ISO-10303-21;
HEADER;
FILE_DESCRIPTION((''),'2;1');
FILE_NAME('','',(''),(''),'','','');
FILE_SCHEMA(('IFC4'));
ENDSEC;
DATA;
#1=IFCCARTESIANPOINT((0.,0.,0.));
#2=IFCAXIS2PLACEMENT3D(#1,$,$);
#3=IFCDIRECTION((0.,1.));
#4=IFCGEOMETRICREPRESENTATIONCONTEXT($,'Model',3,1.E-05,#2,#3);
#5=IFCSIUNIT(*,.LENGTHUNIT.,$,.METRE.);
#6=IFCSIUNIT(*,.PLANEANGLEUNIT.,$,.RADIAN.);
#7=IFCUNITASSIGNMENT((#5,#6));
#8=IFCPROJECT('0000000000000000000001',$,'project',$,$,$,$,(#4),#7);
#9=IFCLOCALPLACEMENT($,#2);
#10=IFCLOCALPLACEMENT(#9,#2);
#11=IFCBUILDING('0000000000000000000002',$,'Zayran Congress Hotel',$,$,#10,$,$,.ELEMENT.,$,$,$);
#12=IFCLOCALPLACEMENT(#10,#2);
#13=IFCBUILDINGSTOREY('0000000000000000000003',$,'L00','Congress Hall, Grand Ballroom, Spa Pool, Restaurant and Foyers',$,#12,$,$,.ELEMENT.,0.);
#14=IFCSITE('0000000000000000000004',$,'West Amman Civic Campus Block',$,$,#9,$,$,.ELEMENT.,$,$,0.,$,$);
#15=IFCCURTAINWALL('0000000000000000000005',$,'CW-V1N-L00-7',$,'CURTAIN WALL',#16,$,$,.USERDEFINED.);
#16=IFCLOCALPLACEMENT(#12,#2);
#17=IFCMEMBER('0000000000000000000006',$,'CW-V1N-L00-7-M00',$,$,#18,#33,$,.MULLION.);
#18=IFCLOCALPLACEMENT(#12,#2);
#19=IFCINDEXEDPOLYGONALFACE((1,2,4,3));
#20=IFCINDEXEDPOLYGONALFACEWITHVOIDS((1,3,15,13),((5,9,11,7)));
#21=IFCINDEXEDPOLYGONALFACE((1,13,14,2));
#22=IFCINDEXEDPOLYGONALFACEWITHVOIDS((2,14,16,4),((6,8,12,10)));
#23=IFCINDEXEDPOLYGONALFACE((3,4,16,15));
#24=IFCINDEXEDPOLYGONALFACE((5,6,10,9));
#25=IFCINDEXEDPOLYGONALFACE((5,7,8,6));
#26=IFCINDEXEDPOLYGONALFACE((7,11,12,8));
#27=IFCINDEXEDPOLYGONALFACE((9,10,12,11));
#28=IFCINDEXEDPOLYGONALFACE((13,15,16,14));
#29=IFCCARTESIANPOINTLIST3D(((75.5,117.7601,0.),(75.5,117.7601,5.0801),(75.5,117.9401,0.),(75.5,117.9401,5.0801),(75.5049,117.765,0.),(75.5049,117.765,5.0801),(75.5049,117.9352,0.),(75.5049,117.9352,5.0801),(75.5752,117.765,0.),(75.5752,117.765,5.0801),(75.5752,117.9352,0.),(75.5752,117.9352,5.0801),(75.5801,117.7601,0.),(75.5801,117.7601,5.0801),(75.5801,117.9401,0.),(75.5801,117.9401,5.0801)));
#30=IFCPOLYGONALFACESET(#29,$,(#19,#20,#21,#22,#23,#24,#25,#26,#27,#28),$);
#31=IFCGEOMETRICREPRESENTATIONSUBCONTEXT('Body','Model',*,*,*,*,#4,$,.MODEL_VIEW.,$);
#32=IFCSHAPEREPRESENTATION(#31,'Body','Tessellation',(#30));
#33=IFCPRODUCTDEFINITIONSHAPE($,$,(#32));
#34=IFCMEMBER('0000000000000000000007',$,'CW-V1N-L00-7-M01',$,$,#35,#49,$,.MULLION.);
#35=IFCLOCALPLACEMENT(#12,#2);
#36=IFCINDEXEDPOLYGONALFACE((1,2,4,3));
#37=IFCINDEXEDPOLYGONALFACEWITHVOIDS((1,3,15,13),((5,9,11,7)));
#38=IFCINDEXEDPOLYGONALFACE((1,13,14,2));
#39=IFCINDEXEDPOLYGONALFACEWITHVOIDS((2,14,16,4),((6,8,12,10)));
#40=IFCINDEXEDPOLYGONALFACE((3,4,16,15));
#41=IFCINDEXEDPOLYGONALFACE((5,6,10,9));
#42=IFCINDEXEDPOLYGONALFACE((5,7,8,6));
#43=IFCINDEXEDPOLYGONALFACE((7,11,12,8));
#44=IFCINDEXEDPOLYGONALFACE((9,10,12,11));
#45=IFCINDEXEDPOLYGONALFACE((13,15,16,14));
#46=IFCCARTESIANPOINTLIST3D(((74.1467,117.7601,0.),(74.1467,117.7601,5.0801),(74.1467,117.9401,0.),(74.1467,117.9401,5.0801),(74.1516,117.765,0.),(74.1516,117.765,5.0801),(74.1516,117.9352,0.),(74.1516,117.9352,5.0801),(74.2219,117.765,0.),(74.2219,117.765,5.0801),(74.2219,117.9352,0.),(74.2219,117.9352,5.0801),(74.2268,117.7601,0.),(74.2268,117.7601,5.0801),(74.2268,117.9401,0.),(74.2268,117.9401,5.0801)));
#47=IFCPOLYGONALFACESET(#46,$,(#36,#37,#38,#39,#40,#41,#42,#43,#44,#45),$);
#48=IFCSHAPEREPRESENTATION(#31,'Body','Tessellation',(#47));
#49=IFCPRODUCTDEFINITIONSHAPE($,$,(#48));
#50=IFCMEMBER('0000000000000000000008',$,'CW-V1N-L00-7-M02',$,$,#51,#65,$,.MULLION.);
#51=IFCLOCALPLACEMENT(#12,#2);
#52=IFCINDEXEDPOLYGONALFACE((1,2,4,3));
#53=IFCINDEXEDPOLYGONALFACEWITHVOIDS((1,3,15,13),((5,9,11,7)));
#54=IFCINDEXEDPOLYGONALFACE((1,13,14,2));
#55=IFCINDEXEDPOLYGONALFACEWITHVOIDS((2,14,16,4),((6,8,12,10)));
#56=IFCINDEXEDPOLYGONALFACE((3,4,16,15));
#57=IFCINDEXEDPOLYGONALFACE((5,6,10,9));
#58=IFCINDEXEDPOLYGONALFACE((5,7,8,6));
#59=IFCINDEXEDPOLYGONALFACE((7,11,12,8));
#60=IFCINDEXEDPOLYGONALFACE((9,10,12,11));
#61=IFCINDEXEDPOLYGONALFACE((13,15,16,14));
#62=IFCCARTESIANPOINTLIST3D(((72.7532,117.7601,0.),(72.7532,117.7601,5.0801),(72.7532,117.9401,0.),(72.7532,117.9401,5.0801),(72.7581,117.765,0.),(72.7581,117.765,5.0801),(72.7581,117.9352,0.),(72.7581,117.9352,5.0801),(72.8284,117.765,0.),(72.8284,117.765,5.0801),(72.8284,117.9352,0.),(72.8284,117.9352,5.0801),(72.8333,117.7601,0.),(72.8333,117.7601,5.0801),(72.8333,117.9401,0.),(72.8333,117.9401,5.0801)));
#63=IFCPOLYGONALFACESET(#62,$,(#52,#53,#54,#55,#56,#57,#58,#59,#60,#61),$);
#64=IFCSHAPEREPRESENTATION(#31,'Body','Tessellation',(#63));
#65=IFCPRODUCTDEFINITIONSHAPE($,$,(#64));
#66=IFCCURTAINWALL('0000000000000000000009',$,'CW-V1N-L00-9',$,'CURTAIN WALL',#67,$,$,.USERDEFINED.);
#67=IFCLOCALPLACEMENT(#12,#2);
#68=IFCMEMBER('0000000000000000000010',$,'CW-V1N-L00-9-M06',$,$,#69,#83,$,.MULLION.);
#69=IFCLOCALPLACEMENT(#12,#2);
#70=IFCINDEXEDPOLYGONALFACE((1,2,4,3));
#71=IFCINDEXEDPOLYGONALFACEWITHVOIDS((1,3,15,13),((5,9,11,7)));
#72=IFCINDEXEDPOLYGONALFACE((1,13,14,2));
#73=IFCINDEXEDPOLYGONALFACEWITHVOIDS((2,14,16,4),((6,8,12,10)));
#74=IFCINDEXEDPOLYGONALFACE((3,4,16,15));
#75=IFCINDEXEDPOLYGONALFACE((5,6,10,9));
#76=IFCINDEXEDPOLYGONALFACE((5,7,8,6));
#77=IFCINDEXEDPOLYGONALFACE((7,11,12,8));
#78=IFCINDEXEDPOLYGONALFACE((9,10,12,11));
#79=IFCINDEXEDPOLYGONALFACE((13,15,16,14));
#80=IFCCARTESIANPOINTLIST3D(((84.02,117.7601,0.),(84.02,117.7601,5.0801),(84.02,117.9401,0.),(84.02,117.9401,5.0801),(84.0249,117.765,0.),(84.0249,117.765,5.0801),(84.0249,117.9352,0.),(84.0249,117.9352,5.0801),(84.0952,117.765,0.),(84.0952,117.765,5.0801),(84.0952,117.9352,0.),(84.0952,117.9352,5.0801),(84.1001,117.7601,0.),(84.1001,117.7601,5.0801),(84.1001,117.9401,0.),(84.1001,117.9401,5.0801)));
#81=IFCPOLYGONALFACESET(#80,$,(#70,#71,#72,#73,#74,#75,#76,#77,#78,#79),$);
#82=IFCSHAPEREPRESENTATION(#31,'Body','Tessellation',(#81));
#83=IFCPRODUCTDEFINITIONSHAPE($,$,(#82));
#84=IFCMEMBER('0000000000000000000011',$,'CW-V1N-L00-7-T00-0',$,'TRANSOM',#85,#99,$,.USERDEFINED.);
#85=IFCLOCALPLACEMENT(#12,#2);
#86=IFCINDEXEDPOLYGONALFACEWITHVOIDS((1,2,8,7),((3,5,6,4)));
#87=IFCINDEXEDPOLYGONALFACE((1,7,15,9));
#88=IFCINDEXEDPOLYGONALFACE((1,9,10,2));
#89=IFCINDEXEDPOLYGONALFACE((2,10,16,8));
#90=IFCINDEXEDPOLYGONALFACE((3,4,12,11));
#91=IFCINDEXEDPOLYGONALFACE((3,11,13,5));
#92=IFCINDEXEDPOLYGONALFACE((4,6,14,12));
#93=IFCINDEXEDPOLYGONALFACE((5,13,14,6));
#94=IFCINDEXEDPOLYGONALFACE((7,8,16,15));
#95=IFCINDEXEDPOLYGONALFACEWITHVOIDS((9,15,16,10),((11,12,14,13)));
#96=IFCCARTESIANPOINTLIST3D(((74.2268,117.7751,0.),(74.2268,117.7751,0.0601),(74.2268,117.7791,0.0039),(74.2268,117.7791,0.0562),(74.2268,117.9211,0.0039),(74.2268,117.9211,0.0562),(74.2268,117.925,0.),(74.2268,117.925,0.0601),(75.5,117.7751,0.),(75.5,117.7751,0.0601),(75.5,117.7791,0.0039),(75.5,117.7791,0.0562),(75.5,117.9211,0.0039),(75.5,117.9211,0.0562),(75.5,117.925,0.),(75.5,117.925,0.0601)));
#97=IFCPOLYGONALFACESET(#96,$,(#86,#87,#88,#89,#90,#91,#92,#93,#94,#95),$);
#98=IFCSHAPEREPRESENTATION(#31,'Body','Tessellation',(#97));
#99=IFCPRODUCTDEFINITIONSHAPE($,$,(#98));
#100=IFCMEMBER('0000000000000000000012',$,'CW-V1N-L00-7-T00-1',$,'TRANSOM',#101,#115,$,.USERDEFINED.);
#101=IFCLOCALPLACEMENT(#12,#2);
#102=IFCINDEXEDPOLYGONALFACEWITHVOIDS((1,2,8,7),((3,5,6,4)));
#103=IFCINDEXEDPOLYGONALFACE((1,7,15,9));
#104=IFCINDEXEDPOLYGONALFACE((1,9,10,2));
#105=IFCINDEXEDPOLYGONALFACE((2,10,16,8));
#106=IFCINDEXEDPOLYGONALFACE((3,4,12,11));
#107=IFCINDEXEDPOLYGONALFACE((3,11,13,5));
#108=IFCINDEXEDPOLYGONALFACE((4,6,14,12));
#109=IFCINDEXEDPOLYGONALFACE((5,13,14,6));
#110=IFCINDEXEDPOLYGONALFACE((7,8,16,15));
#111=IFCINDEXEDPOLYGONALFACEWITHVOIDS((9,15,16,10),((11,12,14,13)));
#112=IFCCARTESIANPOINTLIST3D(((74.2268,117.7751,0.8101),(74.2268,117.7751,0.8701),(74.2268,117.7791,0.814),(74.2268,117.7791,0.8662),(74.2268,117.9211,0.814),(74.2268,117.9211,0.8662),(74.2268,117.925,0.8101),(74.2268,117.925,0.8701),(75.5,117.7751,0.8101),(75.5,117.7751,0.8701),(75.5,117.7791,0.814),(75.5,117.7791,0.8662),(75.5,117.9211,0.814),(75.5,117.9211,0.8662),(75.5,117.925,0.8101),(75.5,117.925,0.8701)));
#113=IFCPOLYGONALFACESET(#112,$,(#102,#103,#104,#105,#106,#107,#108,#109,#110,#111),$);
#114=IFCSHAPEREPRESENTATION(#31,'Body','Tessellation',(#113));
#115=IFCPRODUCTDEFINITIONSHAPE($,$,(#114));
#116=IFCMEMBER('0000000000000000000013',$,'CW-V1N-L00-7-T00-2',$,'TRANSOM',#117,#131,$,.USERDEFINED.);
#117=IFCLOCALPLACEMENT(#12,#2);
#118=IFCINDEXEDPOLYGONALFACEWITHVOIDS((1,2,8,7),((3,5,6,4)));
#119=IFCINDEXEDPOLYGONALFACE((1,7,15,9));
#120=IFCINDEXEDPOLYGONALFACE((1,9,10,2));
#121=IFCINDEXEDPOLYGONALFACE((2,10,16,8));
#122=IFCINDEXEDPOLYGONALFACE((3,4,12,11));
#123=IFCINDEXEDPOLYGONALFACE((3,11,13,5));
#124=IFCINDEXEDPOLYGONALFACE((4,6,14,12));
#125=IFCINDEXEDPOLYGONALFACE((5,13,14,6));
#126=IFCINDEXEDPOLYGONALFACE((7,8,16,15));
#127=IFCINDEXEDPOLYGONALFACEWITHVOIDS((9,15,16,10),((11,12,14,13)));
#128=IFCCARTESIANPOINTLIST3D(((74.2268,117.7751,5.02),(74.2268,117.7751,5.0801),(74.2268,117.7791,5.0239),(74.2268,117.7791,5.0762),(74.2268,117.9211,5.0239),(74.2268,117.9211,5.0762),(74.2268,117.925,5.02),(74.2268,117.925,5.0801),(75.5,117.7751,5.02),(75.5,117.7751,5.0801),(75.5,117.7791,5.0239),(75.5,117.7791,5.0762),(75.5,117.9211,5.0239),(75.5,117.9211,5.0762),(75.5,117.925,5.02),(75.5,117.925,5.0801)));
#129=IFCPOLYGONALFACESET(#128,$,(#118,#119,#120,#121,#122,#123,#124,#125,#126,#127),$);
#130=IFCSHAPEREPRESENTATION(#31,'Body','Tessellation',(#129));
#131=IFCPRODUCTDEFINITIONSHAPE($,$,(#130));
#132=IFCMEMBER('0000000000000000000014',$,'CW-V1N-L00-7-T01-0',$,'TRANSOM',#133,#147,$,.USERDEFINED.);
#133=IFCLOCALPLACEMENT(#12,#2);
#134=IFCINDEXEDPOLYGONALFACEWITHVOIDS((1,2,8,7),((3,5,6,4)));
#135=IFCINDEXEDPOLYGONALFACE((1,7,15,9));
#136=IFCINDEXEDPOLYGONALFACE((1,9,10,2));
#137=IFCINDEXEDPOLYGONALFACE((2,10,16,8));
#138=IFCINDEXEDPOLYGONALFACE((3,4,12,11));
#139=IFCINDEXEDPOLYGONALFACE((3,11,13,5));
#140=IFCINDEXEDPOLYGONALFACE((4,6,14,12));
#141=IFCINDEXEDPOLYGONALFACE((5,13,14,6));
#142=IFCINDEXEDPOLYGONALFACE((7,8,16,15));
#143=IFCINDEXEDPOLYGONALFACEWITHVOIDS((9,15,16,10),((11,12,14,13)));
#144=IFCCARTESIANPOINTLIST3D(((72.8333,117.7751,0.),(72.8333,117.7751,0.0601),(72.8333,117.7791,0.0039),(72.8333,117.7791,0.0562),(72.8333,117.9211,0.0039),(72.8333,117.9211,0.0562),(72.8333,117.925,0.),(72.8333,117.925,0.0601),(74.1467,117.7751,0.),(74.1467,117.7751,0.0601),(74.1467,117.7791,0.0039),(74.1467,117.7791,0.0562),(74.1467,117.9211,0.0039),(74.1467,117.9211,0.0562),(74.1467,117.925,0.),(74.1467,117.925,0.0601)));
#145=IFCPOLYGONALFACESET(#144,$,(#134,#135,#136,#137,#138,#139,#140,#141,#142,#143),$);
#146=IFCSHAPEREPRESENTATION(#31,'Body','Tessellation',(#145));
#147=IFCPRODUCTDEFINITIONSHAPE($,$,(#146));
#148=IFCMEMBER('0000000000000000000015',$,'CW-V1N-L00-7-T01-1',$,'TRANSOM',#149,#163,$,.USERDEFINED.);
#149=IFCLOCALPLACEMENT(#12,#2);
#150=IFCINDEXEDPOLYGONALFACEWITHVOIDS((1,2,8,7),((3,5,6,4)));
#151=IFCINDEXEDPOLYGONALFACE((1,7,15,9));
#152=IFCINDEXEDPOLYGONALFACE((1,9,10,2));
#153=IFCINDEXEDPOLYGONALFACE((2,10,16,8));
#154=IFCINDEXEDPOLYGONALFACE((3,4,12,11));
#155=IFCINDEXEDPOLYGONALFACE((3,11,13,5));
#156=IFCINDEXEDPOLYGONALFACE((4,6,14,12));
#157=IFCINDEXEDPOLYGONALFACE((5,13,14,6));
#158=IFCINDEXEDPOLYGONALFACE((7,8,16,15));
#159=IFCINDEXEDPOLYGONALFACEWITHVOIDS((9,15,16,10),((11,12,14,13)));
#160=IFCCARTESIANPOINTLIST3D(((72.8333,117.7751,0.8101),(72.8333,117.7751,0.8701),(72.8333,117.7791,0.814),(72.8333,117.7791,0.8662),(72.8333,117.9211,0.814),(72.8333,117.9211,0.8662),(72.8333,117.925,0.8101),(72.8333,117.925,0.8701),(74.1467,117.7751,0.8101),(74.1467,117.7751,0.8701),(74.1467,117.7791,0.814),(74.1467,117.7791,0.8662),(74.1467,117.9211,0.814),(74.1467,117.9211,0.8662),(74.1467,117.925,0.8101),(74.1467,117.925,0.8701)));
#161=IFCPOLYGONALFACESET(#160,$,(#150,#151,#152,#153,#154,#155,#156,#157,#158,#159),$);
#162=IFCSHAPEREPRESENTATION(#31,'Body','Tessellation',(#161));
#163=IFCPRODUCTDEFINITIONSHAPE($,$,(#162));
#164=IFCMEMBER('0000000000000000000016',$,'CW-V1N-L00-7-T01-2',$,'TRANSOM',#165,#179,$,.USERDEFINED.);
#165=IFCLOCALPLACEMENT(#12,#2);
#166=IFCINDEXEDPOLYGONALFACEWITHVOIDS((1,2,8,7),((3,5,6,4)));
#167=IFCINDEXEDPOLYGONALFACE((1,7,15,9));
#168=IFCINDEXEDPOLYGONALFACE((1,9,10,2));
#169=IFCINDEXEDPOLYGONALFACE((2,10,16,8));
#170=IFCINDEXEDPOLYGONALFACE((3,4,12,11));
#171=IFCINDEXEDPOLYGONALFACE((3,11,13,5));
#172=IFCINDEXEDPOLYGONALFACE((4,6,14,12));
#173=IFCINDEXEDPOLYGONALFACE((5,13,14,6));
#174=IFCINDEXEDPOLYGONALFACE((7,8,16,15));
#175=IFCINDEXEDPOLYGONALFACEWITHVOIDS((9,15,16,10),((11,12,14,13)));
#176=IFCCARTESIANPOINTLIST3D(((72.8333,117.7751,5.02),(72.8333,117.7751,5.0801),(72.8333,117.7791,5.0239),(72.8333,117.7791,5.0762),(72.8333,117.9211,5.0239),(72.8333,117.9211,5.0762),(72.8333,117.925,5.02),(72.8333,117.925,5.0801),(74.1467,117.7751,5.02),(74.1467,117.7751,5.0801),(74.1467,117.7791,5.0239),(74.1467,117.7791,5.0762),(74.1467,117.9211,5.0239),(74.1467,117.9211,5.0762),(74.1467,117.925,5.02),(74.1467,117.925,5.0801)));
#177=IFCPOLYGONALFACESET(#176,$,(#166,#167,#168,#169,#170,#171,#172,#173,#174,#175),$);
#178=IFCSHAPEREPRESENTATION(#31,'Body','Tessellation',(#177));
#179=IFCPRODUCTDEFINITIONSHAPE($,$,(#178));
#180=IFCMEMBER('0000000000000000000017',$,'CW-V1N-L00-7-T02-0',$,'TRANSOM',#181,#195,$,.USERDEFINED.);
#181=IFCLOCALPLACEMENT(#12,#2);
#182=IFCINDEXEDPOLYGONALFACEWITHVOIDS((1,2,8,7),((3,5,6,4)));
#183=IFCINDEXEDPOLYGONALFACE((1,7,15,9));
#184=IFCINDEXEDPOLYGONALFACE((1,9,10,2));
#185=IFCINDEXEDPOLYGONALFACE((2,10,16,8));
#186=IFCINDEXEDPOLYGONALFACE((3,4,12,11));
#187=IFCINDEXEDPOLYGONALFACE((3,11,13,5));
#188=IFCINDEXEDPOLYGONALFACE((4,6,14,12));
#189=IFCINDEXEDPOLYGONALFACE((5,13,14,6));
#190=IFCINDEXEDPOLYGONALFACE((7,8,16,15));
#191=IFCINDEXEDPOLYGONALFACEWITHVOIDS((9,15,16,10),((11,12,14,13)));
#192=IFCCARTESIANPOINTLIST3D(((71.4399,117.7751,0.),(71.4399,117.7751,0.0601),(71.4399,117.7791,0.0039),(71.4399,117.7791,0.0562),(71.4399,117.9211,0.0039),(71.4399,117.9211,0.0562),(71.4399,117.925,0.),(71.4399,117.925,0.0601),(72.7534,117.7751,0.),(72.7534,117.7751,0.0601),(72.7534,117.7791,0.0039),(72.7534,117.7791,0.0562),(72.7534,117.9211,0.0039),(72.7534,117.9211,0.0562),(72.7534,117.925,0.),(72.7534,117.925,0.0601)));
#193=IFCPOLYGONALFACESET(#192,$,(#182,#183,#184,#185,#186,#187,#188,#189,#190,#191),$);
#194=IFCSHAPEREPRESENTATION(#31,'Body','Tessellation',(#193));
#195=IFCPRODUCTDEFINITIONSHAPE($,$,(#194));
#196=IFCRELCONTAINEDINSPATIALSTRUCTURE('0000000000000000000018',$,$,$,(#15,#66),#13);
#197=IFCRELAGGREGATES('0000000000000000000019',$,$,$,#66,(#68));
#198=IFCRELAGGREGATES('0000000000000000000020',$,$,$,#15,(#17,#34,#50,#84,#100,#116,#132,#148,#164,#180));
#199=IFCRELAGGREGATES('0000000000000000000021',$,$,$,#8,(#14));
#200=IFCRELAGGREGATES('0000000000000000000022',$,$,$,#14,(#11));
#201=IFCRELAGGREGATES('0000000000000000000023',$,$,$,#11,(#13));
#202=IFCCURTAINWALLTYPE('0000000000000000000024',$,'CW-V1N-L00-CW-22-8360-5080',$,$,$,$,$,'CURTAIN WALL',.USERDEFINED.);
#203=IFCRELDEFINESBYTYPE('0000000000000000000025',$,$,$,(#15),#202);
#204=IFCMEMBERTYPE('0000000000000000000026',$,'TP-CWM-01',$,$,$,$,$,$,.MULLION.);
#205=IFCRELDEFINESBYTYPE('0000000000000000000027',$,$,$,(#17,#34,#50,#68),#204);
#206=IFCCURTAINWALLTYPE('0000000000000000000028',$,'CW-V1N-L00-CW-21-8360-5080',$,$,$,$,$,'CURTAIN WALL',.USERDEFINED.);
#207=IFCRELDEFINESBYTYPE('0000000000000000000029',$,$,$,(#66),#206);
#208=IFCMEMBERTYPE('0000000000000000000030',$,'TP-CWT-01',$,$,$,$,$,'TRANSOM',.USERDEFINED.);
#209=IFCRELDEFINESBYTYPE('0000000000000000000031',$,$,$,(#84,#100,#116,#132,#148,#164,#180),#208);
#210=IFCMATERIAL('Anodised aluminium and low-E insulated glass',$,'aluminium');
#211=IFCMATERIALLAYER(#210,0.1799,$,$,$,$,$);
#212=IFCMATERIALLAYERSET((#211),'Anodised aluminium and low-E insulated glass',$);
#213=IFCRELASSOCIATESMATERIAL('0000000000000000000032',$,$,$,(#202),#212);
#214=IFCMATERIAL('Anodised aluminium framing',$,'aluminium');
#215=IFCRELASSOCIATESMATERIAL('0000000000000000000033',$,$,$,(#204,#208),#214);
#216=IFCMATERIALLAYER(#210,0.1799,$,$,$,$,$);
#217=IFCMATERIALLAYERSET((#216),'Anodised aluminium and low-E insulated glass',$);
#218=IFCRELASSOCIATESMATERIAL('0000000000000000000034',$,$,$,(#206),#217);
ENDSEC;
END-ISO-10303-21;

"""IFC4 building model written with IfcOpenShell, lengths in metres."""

from ifc_helpers import new_model, si_unit, direction, frame, origin, origin_2d, place, context, subcontext, project, spatial, hollow_rectangle, extrude, material, layer, layer_set, material_profile, profile_set, type_object, element, aggregate, save


model = new_model("IFC4")

# Units and contexts
model_context = context("Model", 3, precision=1e-05, world=origin(), true_north=direction((0.0, 1.0)))
body_context = subcontext(model_context, "Body", "Model", "MODEL_VIEW")
ifc_project = project(units=[si_unit("LENGTHUNIT", "METRE"), si_unit("PLANEANGLEUNIT", "RADIAN")], contexts=[model_context])

# Site, building, storey
site_placement = place(None, origin())
site = spatial("IfcSite", under=ifc_project, at=site_placement, Name="West Amman Civic Campus Block", CompositionType="ELEMENT", RefElevation=0.0)
building_placement = place(site_placement, origin())
building = spatial("IfcBuilding", under=site, at=building_placement, Name="Zayran Congress Hotel", CompositionType="ELEMENT")
storey_placement = place(building_placement, origin())
storey = spatial("IfcBuildingStorey", under=building, at=storey_placement, Name="L00", Description="Congress Hall, Grand Ballroom, Spa Pool, Restaurant and Foyers", CompositionType="ELEMENT", Elevation=0.0)

# Curtain wall, members
ifc_material_1 = material(Name="Anodised aluminium and low-E insulated glass", Category="aluminium")
ifc_layer_1 = layer(ifc_material_1, 0.1799)
ifc_layer_set_1 = layer_set([ifc_layer_1], Name="Anodised aluminium and low-E insulated glass")
curtain_wall_type_1 = type_object("IfcCurtainWallType", Name="CW-V1N-L00-CW-22-8360-5080", ElementType="CURTAIN WALL", PredefinedType="USERDEFINED", material=ifc_layer_set_1)
curtain_wall_1_placement = place(storey_placement, origin())
curtain_wall_1 = element("IfcCurtainWall", 1, at=curtain_wall_1_placement, inside=storey, type_object=curtain_wall_type_1, Name="CW-V1N-L00-7", ObjectType="CURTAIN WALL", PredefinedType="USERDEFINED")
ifc_material_2 = material(Name="Anodised aluminium framing", Category="aluminium")
ifc_material_profile_1 = material_profile(ifc_material_2, hollow_rectangle(XDim=0.0801, YDim=0.1799, WallThickness=0.0049, at=origin_2d()), Name="RHS 180x80x5")
ifc_profile_set_1 = profile_set([ifc_material_profile_1], Name="Anodised aluminium framing")
member_type_1 = type_object("IfcMemberType", Name="TP-CWM-01", PredefinedType="MULLION", material=ifc_profile_set_1)
member_1_placement = place(storey_placement, frame((75.54, 117.8501, 0.0), z_axis=(0.0, 0.0, 1.0), x_axis=(1.0, 0.0, 0.0)))
member_1 = element("IfcMember", 2, at=member_1_placement, type_object=member_type_1, Name="CW-V1N-L00-7-M00", PredefinedType="MULLION", context=body_context, shape_type="SweptSolid", body=[
    extrude(hollow_rectangle(XDim=0.0801, YDim=0.1799, WallThickness=0.0049, at=origin_2d()), origin(), (0.0, 0.0, 1.0), 5.0801),
])
member_2_placement = place(storey_placement, frame((74.1868, 117.8501, 0.0), z_axis=(0.0, 0.0, 1.0), x_axis=(1.0, 0.0, 0.0)))
member_2 = element("IfcMember", 3, at=member_2_placement, type_object=member_type_1, Name="CW-V1N-L00-7-M01", PredefinedType="MULLION", context=body_context, shape_type="SweptSolid", body=[
    extrude(hollow_rectangle(XDim=0.0801, YDim=0.1799, WallThickness=0.0049, at=origin_2d()), origin(), (0.0, 0.0, 1.0), 5.0801),
])
member_3_placement = place(storey_placement, frame((72.7932, 117.8501, 0.0), z_axis=(0.0, 0.0, 1.0), x_axis=(1.0, 0.0, 0.0)))
member_3 = element("IfcMember", 4, at=member_3_placement, type_object=member_type_1, Name="CW-V1N-L00-7-M02", PredefinedType="MULLION", context=body_context, shape_type="SweptSolid", body=[
    extrude(hollow_rectangle(XDim=0.0801, YDim=0.1799, WallThickness=0.0049, at=origin_2d()), origin(), (0.0, 0.0, 1.0), 5.0801),
])

# Curtain wall, member
ifc_layer_2 = layer(ifc_material_1, 0.1799)
ifc_layer_set_2 = layer_set([ifc_layer_2], Name="Anodised aluminium and low-E insulated glass")
curtain_wall_type_2 = type_object("IfcCurtainWallType", Name="CW-V1N-L00-CW-21-8360-5080", ElementType="CURTAIN WALL", PredefinedType="USERDEFINED", material=ifc_layer_set_2)
curtain_wall_2_placement = place(storey_placement, origin())
curtain_wall_2 = element("IfcCurtainWall", 5, at=curtain_wall_2_placement, inside=storey, type_object=curtain_wall_type_2, Name="CW-V1N-L00-9", ObjectType="CURTAIN WALL", PredefinedType="USERDEFINED")
member_4_placement = place(storey_placement, frame((84.0601, 117.8501, 0.0), z_axis=(0.0, 0.0, 1.0), x_axis=(1.0, 0.0, 0.0)))
member_4 = element("IfcMember", 6, at=member_4_placement, type_object=member_type_1, Name="CW-V1N-L00-9-M06", PredefinedType="MULLION", context=body_context, shape_type="SweptSolid", body=[
    extrude(hollow_rectangle(XDim=0.0801, YDim=0.1799, WallThickness=0.0049, at=origin_2d()), origin(), (0.0, 0.0, 1.0), 5.0801),
])
aggregate(curtain_wall_2, [member_4])

# Members
ifc_material_profile_2 = material_profile(ifc_material_2, hollow_rectangle(XDim=0.0601, YDim=0.1499, WallThickness=0.0039, at=origin_2d()), Name="RHS 150x60x4")
ifc_profile_set_2 = profile_set([ifc_material_profile_2], Name="Anodised aluminium framing")
member_type_2 = type_object("IfcMemberType", Name="TP-CWT-01", ElementType="TRANSOM", PredefinedType="USERDEFINED", material=ifc_profile_set_2)
member_5_placement = place(storey_placement, frame((75.5, 117.8501, 0.03), z_axis=(-1.0, 0.0, 0.0), x_axis=(0.0, 0.0, 1.0)))
member_5 = element("IfcMember", 7, at=member_5_placement, type_object=member_type_2, Name="CW-V1N-L00-7-T00-0", ObjectType="TRANSOM", PredefinedType="USERDEFINED", context=body_context, shape_type="SweptSolid", body=[
    extrude(hollow_rectangle(XDim=0.0601, YDim=0.1499, WallThickness=0.0039, at=origin_2d()), origin(), (0.0, 0.0, 1.0), 1.2732),
])
member_6_placement = place(storey_placement, frame((75.5, 117.8501, 0.8401), z_axis=(-1.0, 0.0, 0.0), x_axis=(0.0, 0.0, 1.0)))
member_6 = element("IfcMember", 8, at=member_6_placement, type_object=member_type_2, Name="CW-V1N-L00-7-T00-1", ObjectType="TRANSOM", PredefinedType="USERDEFINED", context=body_context, shape_type="SweptSolid", body=[
    extrude(hollow_rectangle(XDim=0.0601, YDim=0.1499, WallThickness=0.0039, at=origin_2d()), origin(), (0.0, 0.0, 1.0), 1.2732),
])
member_7_placement = place(storey_placement, frame((75.5, 117.8501, 5.05), z_axis=(-1.0, 0.0, 0.0), x_axis=(0.0, 0.0, 1.0)))
member_7 = element("IfcMember", 9, at=member_7_placement, type_object=member_type_2, Name="CW-V1N-L00-7-T00-2", ObjectType="TRANSOM", PredefinedType="USERDEFINED", context=body_context, shape_type="SweptSolid", body=[
    extrude(hollow_rectangle(XDim=0.0601, YDim=0.1499, WallThickness=0.0039, at=origin_2d()), origin(), (0.0, 0.0, 1.0), 1.2732),
])
member_8_placement = place(storey_placement, frame((74.1467, 117.8501, 0.03), z_axis=(-1.0, 0.0, 0.0), x_axis=(0.0, 0.0, 1.0)))
member_8 = element("IfcMember", 10, at=member_8_placement, type_object=member_type_2, Name="CW-V1N-L00-7-T01-0", ObjectType="TRANSOM", PredefinedType="USERDEFINED", context=body_context, shape_type="SweptSolid", body=[
    extrude(hollow_rectangle(XDim=0.0601, YDim=0.1499, WallThickness=0.0039, at=origin_2d()), origin(), (0.0, 0.0, 1.0), 1.3135),
])
member_9_placement = place(storey_placement, frame((74.1467, 117.8501, 0.8401), z_axis=(-1.0, 0.0, 0.0), x_axis=(0.0, 0.0, 1.0)))
member_9 = element("IfcMember", 11, at=member_9_placement, type_object=member_type_2, Name="CW-V1N-L00-7-T01-1", ObjectType="TRANSOM", PredefinedType="USERDEFINED", context=body_context, shape_type="SweptSolid", body=[
    extrude(hollow_rectangle(XDim=0.0601, YDim=0.1499, WallThickness=0.0039, at=origin_2d()), origin(), (0.0, 0.0, 1.0), 1.3135),
])
member_10_placement = place(storey_placement, frame((74.1467, 117.8501, 5.05), z_axis=(-1.0, 0.0, 0.0), x_axis=(0.0, 0.0, 1.0)))
member_10 = element("IfcMember", 12, at=member_10_placement, type_object=member_type_2, Name="CW-V1N-L00-7-T01-2", ObjectType="TRANSOM", PredefinedType="USERDEFINED", context=body_context, shape_type="SweptSolid", body=[
    extrude(hollow_rectangle(XDim=0.0601, YDim=0.1499, WallThickness=0.0039, at=origin_2d()), origin(), (0.0, 0.0, 1.0), 1.3135),
])
member_11_placement = place(storey_placement, frame((72.7534, 117.8501, 0.03), z_axis=(-1.0, 0.0, 0.0), x_axis=(0.0, 0.0, 1.0)))
member_11 = element("IfcMember", 13, at=member_11_placement, type_object=member_type_2, Name="CW-V1N-L00-7-T02-0", ObjectType="TRANSOM", PredefinedType="USERDEFINED", context=body_context, shape_type="SweptSolid", body=[
    extrude(hollow_rectangle(XDim=0.0601, YDim=0.1499, WallThickness=0.0039, at=origin_2d()), origin(), (0.0, 0.0, 1.0), 1.3135),
])

aggregate(curtain_wall_1, [member_1, member_2, member_3, member_5, member_6, member_7, member_8, member_9, member_10, member_11])

save(model, "model.ifc")
